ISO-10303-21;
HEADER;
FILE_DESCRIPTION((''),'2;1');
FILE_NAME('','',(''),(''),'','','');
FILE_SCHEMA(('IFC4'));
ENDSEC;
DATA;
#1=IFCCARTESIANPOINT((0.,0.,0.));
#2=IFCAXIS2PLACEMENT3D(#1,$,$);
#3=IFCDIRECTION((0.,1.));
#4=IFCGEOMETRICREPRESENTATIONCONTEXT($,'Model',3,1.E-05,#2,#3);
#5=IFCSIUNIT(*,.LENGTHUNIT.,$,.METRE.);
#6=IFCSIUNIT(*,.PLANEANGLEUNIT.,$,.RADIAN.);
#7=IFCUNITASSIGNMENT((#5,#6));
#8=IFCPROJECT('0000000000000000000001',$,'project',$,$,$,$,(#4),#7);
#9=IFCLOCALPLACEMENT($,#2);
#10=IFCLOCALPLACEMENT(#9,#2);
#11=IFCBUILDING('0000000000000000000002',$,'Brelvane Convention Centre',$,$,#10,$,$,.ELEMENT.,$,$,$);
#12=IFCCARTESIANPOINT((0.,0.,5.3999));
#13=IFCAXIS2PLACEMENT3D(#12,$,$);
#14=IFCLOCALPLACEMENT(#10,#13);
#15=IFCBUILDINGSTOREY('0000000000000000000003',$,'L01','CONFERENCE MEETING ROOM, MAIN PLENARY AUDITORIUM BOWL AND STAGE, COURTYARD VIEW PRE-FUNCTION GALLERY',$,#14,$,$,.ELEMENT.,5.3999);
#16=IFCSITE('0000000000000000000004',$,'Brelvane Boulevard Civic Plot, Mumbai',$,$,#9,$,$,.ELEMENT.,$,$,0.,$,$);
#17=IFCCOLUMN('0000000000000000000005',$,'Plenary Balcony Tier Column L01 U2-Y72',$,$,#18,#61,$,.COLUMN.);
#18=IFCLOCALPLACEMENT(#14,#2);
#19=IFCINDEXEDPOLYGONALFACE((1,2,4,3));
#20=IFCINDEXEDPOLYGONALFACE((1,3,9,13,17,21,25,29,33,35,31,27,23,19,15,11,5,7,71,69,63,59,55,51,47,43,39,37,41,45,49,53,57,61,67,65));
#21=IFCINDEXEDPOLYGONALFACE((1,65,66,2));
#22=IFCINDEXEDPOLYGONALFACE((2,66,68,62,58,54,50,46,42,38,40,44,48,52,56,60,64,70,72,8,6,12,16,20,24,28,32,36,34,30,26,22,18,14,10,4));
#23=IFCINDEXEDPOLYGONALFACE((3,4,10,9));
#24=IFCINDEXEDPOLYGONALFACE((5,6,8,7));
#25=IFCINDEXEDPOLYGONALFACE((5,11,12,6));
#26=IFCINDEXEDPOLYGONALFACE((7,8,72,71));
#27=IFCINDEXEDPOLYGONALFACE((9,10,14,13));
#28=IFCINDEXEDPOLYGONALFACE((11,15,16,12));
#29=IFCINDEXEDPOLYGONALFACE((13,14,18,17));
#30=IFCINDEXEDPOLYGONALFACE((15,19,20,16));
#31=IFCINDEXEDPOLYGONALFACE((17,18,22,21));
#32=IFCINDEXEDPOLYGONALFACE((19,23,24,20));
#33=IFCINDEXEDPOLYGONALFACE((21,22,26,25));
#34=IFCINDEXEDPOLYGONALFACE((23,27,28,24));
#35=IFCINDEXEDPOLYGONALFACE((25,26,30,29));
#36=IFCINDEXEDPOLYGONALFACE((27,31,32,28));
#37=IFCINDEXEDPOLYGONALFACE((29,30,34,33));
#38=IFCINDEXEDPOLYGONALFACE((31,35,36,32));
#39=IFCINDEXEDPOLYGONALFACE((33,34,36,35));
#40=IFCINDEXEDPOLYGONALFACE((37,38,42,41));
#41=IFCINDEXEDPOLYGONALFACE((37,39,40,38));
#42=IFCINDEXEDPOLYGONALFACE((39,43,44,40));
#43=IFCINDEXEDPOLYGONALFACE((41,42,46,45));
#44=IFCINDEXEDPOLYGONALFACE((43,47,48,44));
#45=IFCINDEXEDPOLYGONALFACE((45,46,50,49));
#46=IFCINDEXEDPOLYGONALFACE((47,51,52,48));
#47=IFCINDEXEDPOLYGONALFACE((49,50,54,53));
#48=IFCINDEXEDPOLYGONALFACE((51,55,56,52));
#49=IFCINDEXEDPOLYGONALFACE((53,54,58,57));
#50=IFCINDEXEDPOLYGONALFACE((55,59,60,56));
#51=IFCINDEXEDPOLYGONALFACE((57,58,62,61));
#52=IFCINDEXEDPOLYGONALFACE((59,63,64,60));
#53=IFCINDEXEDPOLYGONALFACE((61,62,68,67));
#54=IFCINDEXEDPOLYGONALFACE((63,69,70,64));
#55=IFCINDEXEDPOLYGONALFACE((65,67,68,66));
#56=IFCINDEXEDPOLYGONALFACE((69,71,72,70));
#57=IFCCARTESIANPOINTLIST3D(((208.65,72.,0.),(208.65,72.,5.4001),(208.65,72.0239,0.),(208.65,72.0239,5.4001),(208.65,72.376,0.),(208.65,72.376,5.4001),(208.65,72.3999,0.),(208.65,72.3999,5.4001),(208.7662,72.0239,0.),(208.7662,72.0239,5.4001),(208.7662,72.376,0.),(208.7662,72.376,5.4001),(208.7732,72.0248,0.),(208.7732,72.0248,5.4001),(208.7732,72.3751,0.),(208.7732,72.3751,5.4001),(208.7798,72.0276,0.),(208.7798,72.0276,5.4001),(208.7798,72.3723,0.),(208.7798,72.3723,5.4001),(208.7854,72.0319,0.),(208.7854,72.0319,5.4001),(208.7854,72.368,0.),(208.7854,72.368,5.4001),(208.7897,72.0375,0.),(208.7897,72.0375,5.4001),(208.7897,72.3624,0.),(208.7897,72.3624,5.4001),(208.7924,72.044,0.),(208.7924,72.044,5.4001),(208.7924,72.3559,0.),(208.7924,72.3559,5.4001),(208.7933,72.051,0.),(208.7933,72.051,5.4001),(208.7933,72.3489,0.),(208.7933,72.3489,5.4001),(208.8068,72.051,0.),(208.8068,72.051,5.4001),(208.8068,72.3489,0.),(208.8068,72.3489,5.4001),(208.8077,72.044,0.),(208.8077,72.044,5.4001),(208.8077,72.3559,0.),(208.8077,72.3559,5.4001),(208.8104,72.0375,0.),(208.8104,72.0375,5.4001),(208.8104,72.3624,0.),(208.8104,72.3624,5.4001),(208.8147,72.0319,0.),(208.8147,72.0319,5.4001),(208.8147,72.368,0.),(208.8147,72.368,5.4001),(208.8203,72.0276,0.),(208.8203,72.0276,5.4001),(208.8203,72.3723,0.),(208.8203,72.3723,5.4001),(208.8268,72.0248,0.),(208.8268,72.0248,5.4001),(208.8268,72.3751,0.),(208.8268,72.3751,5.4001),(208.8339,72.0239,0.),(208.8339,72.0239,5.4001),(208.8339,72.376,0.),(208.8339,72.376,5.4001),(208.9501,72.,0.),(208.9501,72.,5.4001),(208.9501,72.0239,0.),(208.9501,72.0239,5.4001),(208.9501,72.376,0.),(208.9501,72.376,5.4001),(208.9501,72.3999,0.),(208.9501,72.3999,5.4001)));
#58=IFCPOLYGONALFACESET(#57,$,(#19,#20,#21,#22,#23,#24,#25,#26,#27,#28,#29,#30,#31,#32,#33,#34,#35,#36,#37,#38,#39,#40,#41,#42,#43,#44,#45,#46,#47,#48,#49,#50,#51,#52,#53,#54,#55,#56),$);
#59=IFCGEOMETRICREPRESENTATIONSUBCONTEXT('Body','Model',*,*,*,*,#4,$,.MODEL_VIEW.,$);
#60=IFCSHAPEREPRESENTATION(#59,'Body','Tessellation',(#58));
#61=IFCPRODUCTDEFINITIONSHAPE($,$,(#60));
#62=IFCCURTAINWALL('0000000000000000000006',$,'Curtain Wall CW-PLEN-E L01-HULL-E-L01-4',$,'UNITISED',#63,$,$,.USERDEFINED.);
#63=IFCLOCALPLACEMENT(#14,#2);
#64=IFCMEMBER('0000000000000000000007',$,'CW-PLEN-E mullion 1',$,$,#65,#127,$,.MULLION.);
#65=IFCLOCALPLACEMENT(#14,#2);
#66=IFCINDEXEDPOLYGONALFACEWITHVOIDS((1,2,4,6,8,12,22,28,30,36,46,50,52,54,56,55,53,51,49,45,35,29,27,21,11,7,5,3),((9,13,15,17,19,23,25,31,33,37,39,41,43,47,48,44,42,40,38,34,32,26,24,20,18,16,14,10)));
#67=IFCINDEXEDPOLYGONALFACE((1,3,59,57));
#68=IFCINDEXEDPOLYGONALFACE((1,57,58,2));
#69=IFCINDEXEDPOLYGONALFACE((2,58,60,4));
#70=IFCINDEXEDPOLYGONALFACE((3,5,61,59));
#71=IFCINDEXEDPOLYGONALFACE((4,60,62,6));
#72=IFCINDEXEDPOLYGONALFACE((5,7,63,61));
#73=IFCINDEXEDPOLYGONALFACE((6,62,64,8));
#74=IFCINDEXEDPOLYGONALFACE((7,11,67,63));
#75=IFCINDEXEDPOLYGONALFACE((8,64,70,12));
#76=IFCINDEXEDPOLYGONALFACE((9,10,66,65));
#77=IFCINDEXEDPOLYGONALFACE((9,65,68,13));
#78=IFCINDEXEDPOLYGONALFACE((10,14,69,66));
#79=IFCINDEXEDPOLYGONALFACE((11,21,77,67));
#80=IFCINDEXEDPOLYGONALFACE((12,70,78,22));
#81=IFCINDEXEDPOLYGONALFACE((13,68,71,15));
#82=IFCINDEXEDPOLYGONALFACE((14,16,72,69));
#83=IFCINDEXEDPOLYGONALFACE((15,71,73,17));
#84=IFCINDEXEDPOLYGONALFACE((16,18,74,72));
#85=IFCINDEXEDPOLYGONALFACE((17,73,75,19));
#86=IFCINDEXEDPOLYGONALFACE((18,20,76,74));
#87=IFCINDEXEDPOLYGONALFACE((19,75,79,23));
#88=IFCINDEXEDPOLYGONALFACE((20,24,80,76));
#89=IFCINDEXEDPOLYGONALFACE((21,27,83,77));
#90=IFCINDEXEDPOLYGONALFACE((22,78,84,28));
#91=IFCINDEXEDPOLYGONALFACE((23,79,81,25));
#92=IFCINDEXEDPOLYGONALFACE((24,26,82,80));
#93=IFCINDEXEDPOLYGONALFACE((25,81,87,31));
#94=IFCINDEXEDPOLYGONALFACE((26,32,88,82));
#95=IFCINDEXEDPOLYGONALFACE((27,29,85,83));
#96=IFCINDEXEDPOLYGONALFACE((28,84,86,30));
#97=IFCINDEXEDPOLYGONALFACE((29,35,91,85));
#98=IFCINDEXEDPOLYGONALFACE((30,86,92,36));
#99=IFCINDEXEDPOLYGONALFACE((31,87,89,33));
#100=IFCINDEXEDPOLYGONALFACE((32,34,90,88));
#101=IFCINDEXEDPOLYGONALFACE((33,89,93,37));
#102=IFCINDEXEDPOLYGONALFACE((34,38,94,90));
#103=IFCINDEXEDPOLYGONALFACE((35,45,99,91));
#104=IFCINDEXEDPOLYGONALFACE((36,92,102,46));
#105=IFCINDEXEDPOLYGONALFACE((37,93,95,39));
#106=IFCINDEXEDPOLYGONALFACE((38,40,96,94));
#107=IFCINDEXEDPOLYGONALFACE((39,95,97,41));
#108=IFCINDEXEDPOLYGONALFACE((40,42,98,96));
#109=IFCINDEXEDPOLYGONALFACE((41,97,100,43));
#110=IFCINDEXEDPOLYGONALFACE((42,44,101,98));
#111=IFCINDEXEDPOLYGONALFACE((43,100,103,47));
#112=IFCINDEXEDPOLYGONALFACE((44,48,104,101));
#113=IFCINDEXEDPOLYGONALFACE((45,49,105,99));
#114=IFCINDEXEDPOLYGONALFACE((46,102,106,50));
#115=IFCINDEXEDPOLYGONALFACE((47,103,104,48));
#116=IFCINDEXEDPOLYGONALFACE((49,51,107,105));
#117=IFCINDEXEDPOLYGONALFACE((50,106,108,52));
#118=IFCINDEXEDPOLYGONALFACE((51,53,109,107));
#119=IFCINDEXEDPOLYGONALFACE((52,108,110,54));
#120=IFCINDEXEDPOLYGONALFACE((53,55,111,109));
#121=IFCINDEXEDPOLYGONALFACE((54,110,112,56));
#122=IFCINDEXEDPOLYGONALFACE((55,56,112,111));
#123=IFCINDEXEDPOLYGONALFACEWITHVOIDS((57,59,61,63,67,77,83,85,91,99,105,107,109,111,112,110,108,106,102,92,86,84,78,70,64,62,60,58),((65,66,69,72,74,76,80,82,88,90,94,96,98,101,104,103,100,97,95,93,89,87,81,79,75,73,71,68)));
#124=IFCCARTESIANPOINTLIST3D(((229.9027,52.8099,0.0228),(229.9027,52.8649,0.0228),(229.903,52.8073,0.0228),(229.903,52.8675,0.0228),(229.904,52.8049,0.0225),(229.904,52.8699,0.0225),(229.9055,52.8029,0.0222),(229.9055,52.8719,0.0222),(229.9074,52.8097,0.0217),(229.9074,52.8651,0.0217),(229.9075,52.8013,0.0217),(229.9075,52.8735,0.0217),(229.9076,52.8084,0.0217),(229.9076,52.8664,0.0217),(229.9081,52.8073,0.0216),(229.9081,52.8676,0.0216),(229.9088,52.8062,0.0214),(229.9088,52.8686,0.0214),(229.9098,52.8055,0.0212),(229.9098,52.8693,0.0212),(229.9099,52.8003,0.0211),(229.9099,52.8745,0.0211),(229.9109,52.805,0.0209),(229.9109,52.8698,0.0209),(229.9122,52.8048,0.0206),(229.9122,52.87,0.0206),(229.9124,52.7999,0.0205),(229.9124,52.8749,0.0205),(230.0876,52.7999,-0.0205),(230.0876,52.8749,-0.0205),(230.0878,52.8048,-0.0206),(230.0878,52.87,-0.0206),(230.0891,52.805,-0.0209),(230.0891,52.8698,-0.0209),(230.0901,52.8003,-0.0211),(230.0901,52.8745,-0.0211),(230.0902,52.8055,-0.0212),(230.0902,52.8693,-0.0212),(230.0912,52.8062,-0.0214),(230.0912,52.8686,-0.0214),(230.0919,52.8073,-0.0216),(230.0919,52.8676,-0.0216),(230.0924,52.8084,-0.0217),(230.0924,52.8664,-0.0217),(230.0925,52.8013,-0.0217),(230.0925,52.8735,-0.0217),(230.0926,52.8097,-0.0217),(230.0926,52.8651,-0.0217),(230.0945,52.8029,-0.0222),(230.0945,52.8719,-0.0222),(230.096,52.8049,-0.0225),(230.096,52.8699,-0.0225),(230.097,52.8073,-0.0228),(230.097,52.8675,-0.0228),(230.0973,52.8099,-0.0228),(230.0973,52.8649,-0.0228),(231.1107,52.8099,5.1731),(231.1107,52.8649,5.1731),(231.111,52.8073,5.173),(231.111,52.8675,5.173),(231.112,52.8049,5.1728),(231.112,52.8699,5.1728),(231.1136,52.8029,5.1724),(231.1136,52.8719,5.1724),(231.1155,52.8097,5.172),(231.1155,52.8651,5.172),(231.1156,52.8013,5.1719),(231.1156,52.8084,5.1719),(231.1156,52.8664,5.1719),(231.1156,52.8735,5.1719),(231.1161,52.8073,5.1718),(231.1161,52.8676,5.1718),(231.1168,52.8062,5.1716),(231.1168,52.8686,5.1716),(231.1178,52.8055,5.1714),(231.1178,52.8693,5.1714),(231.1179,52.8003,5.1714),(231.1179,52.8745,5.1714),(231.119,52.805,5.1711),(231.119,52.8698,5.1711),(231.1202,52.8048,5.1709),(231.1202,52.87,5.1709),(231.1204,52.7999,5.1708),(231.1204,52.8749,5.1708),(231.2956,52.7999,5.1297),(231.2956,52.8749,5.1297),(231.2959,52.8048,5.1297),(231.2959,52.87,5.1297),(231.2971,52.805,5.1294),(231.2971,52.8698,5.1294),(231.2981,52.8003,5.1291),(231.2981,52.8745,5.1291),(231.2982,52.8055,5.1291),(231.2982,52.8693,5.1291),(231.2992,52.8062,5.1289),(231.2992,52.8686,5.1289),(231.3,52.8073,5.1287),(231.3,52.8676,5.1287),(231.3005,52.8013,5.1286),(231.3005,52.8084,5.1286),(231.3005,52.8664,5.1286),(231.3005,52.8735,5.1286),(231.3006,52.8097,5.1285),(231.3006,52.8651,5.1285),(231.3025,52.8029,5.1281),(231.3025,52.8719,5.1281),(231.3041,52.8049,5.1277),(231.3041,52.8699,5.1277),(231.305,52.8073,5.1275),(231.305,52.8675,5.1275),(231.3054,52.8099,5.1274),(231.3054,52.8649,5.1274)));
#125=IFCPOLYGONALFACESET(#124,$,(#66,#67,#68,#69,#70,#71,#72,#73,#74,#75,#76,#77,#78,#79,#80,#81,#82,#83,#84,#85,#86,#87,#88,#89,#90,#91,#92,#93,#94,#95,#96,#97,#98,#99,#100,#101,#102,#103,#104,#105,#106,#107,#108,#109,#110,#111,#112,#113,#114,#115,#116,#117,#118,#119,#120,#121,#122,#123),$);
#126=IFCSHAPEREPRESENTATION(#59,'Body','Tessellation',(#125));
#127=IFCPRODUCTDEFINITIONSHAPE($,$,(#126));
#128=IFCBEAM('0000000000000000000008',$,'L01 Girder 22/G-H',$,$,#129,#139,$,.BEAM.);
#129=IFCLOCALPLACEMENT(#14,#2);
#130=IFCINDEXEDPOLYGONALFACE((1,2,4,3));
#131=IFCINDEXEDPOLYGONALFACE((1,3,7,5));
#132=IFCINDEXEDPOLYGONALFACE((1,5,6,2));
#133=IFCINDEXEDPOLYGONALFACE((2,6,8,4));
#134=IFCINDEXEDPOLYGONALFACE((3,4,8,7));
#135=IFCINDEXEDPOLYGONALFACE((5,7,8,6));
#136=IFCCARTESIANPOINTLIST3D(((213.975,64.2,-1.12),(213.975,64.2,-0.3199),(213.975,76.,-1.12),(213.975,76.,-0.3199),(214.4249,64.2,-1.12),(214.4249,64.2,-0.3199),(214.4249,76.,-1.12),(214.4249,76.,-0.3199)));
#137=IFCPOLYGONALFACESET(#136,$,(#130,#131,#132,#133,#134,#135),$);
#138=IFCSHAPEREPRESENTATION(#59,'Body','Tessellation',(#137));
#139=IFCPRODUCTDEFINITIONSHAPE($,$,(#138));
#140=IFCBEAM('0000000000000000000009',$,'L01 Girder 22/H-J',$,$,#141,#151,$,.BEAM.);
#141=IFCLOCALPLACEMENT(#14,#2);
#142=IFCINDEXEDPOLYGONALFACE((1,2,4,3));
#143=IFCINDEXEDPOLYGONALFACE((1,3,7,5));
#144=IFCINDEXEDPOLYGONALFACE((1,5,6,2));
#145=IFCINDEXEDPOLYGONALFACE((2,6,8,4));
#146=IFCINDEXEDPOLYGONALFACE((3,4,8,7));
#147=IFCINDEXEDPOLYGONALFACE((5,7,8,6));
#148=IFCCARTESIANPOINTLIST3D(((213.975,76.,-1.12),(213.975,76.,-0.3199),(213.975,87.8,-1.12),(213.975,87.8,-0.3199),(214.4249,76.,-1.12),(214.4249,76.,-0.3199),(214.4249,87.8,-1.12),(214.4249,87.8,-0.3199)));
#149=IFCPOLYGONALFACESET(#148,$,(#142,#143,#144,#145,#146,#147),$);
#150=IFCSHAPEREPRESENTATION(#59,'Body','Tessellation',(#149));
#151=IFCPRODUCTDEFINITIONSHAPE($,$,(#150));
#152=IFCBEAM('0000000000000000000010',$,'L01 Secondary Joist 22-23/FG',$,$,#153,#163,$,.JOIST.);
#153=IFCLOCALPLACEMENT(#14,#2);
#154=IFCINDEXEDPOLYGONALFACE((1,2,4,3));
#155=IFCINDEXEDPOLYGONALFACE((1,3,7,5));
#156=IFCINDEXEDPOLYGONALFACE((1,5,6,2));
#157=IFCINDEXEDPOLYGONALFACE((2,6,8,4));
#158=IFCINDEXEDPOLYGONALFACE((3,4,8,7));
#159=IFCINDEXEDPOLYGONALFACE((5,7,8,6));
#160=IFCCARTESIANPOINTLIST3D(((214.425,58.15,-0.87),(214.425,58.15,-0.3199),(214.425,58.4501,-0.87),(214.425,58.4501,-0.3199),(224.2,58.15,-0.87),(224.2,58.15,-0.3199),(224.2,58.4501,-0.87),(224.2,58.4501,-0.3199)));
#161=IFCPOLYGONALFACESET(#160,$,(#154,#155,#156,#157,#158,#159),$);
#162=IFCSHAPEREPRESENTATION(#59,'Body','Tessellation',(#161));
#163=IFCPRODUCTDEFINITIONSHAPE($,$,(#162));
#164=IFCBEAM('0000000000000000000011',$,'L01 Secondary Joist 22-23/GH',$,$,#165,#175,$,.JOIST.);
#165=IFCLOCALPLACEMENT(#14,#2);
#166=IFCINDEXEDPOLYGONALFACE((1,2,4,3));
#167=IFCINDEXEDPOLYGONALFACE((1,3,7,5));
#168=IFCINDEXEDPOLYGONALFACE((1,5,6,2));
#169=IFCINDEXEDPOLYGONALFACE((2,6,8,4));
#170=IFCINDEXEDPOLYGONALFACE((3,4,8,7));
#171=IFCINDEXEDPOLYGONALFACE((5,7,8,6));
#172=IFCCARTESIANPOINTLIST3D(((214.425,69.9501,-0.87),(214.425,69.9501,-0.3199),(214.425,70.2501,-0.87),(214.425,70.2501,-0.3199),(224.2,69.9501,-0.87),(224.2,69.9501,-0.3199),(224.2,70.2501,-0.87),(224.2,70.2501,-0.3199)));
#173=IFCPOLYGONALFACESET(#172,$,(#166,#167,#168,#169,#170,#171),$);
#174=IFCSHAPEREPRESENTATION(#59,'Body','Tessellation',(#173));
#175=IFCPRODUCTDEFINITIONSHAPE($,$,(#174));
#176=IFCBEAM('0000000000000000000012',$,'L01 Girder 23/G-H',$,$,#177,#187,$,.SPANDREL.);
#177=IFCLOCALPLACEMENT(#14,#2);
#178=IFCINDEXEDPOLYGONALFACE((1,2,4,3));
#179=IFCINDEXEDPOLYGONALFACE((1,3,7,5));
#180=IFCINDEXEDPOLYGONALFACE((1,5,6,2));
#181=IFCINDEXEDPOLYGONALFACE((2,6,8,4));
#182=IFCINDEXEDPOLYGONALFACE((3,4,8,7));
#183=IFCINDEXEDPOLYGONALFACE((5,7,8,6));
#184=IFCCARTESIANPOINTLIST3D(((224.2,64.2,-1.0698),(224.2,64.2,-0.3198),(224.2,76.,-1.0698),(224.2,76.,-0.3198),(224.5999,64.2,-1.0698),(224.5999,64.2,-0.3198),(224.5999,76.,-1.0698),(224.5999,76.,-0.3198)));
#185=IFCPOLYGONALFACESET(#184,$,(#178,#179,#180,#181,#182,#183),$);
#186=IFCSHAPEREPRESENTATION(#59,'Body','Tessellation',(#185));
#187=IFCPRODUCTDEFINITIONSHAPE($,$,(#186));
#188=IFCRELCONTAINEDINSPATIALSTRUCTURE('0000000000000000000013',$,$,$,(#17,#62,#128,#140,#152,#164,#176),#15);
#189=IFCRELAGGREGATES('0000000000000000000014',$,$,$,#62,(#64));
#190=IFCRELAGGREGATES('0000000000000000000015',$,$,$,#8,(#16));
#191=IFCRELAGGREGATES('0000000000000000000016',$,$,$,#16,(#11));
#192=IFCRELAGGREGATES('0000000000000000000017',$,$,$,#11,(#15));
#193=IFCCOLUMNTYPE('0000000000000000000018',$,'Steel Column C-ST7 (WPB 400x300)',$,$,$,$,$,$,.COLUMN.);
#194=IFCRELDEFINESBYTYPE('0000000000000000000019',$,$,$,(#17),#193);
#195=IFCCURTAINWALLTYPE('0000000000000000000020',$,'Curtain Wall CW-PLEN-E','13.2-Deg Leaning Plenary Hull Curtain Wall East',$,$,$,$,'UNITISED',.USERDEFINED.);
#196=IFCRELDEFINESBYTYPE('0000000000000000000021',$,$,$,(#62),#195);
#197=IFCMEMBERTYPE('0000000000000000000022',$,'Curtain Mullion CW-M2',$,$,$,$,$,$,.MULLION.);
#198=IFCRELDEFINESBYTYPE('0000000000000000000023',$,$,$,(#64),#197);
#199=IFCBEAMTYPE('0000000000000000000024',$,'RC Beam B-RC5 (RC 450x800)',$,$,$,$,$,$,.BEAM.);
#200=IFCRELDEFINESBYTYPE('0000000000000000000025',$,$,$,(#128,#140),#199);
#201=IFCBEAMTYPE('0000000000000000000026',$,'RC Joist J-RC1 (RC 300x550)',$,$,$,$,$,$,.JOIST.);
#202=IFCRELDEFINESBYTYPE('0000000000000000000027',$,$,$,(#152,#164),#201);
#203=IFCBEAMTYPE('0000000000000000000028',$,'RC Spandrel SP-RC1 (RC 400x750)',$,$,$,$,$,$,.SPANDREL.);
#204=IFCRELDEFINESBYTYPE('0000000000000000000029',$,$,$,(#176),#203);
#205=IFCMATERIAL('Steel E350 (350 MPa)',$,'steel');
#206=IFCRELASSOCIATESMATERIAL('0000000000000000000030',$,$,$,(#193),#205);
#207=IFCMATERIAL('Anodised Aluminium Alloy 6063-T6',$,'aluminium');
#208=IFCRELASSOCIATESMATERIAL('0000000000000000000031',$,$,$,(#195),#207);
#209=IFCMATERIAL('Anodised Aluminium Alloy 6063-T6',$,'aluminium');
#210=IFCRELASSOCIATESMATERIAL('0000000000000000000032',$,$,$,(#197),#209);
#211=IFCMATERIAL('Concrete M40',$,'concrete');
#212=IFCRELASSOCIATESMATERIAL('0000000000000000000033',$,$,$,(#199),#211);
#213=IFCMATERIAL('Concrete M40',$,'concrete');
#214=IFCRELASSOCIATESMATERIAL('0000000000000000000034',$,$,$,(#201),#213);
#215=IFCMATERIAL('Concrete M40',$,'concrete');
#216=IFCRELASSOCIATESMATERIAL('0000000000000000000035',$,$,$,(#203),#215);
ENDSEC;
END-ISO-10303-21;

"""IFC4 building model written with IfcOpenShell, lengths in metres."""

from ifc_helpers import new_model, si_unit, direction, frame, origin, origin_2d, place, context, subcontext, project, spatial, rectangle, hollow_rectangle, i_section, extrude, material, material_profile, profile_set, type_object, element, aggregate, save


model = new_model("IFC4")

# Units and contexts
model_context = context("Model", 3, precision=1e-05, world=origin(), true_north=direction((0.0, 1.0)))
body_context = subcontext(model_context, "Body", "Model", "MODEL_VIEW")
ifc_project = project(units=[si_unit("LENGTHUNIT", "METRE"), si_unit("PLANEANGLEUNIT", "RADIAN")], contexts=[model_context])

# Site, building, storey
site_placement = place(None, origin())
site = spatial("IfcSite", under=ifc_project, at=site_placement, Name="Brelvane Boulevard Civic Plot, Mumbai", CompositionType="ELEMENT", RefElevation=0.0)
building_placement = place(site_placement, origin())
building = spatial("IfcBuilding", under=site, at=building_placement, Name="Brelvane Convention Centre", CompositionType="ELEMENT")
storey_placement = place(building_placement, frame((0.0, 0.0, 5.3999)))
storey = spatial("IfcBuildingStorey", under=building, at=storey_placement, Name="L01", Description="CONFERENCE MEETING ROOM, MAIN PLENARY AUDITORIUM BOWL AND STAGE, COURTYARD VIEW PRE-FUNCTION GALLERY", CompositionType="ELEMENT", Elevation=5.3999)

# Column
ifc_material_1 = material(Name="Steel E350 (350 MPa)", Category="steel")
ifc_material_profile_1 = material_profile(ifc_material_1, i_section(OverallWidth=0.3, OverallDepth=0.3999, WebThickness=0.0134, FlangeThickness=0.0239, FilletRadius=0.0271, at=origin_2d()), Name="WPB 400x300")
ifc_profile_set_1 = profile_set([ifc_material_profile_1], Name="Steel E350 (350 MPa)")
column_type_1 = type_object("IfcColumnType", Name="Steel Column C-ST7 (WPB 400x300)", PredefinedType="COLUMN", material=ifc_profile_set_1)
for number, where, z_axis, x_axis, name in (
    (1, (208.8, 72.2, 0.0), (0.0, 0.0, 1.0), (1.0, 0.0, 0.0), "Plenary Balcony Tier Column L01 U2-Y72"),
):
    element("IfcColumn", number, at=place(storey_placement, frame(where, z_axis=z_axis, x_axis=x_axis)), inside=storey, type_object=column_type_1, Name=name, PredefinedType="COLUMN", context=body_context, shape_type="SweptSolid", body=[
        extrude(i_section(OverallWidth=0.3, OverallDepth=0.3999, WebThickness=0.0134, FlangeThickness=0.0239, FilletRadius=0.0271, at=origin_2d()), origin(), (0.0, 0.0, 1.0), 5.4001),
    ])

# Curtain wall, member
ifc_material_2 = material(Name="Anodised Aluminium Alloy 6063-T6", Category="aluminium")
curtain_wall_type = type_object("IfcCurtainWallType", Name="Curtain Wall CW-PLEN-E", Description="13.2-Deg Leaning Plenary Hull Curtain Wall East", ElementType="UNITISED", PredefinedType="USERDEFINED", material=ifc_material_2)
curtain_wall_placement = place(storey_placement, origin())
curtain_wall = element("IfcCurtainWall", 2, at=curtain_wall_placement, inside=storey, type_object=curtain_wall_type, Name="Curtain Wall CW-PLEN-E L01-HULL-E-L01-4", ObjectType="UNITISED", PredefinedType="USERDEFINED")
ifc_material_3 = material(Name="Anodised Aluminium Alloy 6063-T6", Category="aluminium")
ifc_material_profile_2 = material_profile(ifc_material_3, hollow_rectangle(XDim=0.075, YDim=0.2, WallThickness=0.0049, InnerFilletRadius=0.0049, OuterFilletRadius=0.01, at=origin_2d()), Name="ALU-M 200x75x5.0")
ifc_profile_set_2 = profile_set([ifc_material_profile_2], Name="Anodised Aluminium Alloy 6063-T6")
member_type_1 = type_object("IfcMemberType", Name="Curtain Mullion CW-M2", PredefinedType="MULLION", material=ifc_profile_set_2)
member_placement = place(storey_placement, frame((230.0, 52.8374, 0.0), z_axis=(0.22836, 0.0, 0.973577), x_axis=(0.0, 1.0, 0.0)))
member = element("IfcMember", 3, at=member_placement, type_object=member_type_1, Name="CW-PLEN-E mullion 1", PredefinedType="MULLION", context=body_context, shape_type="SweptSolid", body=[
    extrude(hollow_rectangle(XDim=0.075, YDim=0.2, WallThickness=0.0049, InnerFilletRadius=0.0049, OuterFilletRadius=0.01, at=origin_2d()), origin(), (0.0, 0.0, 1.0), 5.29),
])
aggregate(curtain_wall, [member])

# Beams
ifc_material_4 = material(Name="Concrete M40", Category="concrete")
ifc_material_profile_3 = material_profile(ifc_material_4, rectangle(XDim=0.45, YDim=0.8, at=origin_2d()), Name="RC 450x800")
ifc_profile_set_3 = profile_set([ifc_material_profile_3], Name="Concrete M40")
beam_type_1 = type_object("IfcBeamType", Name="RC Beam B-RC5 (RC 450x800)", PredefinedType="BEAM", material=ifc_profile_set_3)
for number, where, z_axis, x_axis, name in (
    (4, (214.2, 64.2, -0.72), (0.0, 1.0, 0.0), (-1.0, 0.0, 0.0), "L01 Girder 22/G-H"),
    (5, (214.2, 76.0, -0.72), (0.0, 1.0, 0.0), (-1.0, 0.0, 0.0), "L01 Girder 22/H-J"),
):
    element("IfcBeam", number, at=place(storey_placement, frame(where, z_axis=z_axis, x_axis=x_axis)), inside=storey, type_object=beam_type_1, Name=name, PredefinedType="BEAM", context=body_context, shape_type="SweptSolid", body=[
        extrude(rectangle(XDim=0.45, YDim=0.8, at=origin_2d()), origin(), (0.0, 0.0, 1.0), 11.8),
    ])
ifc_material_5 = material(Name="Concrete M40", Category="concrete")
ifc_material_profile_4 = material_profile(ifc_material_5, rectangle(XDim=0.3, YDim=0.55, at=origin_2d()), Name="RC 300x550")
ifc_profile_set_4 = profile_set([ifc_material_profile_4], Name="Concrete M40")
beam_type_2 = type_object("IfcBeamType", Name="RC Joist J-RC1 (RC 300x550)", PredefinedType="JOIST", material=ifc_profile_set_4)
for number, where, z_axis, x_axis, name in (
    (6, (214.425, 58.3, -0.595), (1.0, 0.0, 0.0), (0.0, 1.0, 0.0), "L01 Secondary Joist 22-23/FG"),
    (7, (214.425, 70.1001, -0.595), (1.0, 0.0, 0.0), (0.0, 1.0, 0.0), "L01 Secondary Joist 22-23/GH"),
):
    element("IfcBeam", number, at=place(storey_placement, frame(where, z_axis=z_axis, x_axis=x_axis)), inside=storey, type_object=beam_type_2, Name=name, PredefinedType="JOIST", context=body_context, shape_type="SweptSolid", body=[
        extrude(rectangle(XDim=0.3, YDim=0.55, at=origin_2d()), origin(), (0.0, 0.0, 1.0), 9.7749),
    ])
ifc_material_6 = material(Name="Concrete M40", Category="concrete")
ifc_material_profile_5 = material_profile(ifc_material_6, rectangle(XDim=0.3999, YDim=0.75, at=origin_2d()), Name="RC 400x750")
ifc_profile_set_5 = profile_set([ifc_material_profile_5], Name="Concrete M40")
beam_type_3 = type_object("IfcBeamType", Name="RC Spandrel SP-RC1 (RC 400x750)", PredefinedType="SPANDREL", material=ifc_profile_set_5)
for number, where, z_axis, x_axis, name in (
    (8, (224.3999, 64.2, -0.6948), (0.0, 1.0, 0.0), (-1.0, 0.0, 0.0), "L01 Girder 23/G-H"),
):
    element("IfcBeam", number, at=place(storey_placement, frame(where, z_axis=z_axis, x_axis=x_axis)), inside=storey, type_object=beam_type_3, Name=name, PredefinedType="SPANDREL", context=body_context, shape_type="SweptSolid", body=[
        extrude(rectangle(XDim=0.3999, YDim=0.75, at=origin_2d()), origin(), (0.0, 0.0, 1.0), 11.8),
    ])

save(model, "model.ifc")
